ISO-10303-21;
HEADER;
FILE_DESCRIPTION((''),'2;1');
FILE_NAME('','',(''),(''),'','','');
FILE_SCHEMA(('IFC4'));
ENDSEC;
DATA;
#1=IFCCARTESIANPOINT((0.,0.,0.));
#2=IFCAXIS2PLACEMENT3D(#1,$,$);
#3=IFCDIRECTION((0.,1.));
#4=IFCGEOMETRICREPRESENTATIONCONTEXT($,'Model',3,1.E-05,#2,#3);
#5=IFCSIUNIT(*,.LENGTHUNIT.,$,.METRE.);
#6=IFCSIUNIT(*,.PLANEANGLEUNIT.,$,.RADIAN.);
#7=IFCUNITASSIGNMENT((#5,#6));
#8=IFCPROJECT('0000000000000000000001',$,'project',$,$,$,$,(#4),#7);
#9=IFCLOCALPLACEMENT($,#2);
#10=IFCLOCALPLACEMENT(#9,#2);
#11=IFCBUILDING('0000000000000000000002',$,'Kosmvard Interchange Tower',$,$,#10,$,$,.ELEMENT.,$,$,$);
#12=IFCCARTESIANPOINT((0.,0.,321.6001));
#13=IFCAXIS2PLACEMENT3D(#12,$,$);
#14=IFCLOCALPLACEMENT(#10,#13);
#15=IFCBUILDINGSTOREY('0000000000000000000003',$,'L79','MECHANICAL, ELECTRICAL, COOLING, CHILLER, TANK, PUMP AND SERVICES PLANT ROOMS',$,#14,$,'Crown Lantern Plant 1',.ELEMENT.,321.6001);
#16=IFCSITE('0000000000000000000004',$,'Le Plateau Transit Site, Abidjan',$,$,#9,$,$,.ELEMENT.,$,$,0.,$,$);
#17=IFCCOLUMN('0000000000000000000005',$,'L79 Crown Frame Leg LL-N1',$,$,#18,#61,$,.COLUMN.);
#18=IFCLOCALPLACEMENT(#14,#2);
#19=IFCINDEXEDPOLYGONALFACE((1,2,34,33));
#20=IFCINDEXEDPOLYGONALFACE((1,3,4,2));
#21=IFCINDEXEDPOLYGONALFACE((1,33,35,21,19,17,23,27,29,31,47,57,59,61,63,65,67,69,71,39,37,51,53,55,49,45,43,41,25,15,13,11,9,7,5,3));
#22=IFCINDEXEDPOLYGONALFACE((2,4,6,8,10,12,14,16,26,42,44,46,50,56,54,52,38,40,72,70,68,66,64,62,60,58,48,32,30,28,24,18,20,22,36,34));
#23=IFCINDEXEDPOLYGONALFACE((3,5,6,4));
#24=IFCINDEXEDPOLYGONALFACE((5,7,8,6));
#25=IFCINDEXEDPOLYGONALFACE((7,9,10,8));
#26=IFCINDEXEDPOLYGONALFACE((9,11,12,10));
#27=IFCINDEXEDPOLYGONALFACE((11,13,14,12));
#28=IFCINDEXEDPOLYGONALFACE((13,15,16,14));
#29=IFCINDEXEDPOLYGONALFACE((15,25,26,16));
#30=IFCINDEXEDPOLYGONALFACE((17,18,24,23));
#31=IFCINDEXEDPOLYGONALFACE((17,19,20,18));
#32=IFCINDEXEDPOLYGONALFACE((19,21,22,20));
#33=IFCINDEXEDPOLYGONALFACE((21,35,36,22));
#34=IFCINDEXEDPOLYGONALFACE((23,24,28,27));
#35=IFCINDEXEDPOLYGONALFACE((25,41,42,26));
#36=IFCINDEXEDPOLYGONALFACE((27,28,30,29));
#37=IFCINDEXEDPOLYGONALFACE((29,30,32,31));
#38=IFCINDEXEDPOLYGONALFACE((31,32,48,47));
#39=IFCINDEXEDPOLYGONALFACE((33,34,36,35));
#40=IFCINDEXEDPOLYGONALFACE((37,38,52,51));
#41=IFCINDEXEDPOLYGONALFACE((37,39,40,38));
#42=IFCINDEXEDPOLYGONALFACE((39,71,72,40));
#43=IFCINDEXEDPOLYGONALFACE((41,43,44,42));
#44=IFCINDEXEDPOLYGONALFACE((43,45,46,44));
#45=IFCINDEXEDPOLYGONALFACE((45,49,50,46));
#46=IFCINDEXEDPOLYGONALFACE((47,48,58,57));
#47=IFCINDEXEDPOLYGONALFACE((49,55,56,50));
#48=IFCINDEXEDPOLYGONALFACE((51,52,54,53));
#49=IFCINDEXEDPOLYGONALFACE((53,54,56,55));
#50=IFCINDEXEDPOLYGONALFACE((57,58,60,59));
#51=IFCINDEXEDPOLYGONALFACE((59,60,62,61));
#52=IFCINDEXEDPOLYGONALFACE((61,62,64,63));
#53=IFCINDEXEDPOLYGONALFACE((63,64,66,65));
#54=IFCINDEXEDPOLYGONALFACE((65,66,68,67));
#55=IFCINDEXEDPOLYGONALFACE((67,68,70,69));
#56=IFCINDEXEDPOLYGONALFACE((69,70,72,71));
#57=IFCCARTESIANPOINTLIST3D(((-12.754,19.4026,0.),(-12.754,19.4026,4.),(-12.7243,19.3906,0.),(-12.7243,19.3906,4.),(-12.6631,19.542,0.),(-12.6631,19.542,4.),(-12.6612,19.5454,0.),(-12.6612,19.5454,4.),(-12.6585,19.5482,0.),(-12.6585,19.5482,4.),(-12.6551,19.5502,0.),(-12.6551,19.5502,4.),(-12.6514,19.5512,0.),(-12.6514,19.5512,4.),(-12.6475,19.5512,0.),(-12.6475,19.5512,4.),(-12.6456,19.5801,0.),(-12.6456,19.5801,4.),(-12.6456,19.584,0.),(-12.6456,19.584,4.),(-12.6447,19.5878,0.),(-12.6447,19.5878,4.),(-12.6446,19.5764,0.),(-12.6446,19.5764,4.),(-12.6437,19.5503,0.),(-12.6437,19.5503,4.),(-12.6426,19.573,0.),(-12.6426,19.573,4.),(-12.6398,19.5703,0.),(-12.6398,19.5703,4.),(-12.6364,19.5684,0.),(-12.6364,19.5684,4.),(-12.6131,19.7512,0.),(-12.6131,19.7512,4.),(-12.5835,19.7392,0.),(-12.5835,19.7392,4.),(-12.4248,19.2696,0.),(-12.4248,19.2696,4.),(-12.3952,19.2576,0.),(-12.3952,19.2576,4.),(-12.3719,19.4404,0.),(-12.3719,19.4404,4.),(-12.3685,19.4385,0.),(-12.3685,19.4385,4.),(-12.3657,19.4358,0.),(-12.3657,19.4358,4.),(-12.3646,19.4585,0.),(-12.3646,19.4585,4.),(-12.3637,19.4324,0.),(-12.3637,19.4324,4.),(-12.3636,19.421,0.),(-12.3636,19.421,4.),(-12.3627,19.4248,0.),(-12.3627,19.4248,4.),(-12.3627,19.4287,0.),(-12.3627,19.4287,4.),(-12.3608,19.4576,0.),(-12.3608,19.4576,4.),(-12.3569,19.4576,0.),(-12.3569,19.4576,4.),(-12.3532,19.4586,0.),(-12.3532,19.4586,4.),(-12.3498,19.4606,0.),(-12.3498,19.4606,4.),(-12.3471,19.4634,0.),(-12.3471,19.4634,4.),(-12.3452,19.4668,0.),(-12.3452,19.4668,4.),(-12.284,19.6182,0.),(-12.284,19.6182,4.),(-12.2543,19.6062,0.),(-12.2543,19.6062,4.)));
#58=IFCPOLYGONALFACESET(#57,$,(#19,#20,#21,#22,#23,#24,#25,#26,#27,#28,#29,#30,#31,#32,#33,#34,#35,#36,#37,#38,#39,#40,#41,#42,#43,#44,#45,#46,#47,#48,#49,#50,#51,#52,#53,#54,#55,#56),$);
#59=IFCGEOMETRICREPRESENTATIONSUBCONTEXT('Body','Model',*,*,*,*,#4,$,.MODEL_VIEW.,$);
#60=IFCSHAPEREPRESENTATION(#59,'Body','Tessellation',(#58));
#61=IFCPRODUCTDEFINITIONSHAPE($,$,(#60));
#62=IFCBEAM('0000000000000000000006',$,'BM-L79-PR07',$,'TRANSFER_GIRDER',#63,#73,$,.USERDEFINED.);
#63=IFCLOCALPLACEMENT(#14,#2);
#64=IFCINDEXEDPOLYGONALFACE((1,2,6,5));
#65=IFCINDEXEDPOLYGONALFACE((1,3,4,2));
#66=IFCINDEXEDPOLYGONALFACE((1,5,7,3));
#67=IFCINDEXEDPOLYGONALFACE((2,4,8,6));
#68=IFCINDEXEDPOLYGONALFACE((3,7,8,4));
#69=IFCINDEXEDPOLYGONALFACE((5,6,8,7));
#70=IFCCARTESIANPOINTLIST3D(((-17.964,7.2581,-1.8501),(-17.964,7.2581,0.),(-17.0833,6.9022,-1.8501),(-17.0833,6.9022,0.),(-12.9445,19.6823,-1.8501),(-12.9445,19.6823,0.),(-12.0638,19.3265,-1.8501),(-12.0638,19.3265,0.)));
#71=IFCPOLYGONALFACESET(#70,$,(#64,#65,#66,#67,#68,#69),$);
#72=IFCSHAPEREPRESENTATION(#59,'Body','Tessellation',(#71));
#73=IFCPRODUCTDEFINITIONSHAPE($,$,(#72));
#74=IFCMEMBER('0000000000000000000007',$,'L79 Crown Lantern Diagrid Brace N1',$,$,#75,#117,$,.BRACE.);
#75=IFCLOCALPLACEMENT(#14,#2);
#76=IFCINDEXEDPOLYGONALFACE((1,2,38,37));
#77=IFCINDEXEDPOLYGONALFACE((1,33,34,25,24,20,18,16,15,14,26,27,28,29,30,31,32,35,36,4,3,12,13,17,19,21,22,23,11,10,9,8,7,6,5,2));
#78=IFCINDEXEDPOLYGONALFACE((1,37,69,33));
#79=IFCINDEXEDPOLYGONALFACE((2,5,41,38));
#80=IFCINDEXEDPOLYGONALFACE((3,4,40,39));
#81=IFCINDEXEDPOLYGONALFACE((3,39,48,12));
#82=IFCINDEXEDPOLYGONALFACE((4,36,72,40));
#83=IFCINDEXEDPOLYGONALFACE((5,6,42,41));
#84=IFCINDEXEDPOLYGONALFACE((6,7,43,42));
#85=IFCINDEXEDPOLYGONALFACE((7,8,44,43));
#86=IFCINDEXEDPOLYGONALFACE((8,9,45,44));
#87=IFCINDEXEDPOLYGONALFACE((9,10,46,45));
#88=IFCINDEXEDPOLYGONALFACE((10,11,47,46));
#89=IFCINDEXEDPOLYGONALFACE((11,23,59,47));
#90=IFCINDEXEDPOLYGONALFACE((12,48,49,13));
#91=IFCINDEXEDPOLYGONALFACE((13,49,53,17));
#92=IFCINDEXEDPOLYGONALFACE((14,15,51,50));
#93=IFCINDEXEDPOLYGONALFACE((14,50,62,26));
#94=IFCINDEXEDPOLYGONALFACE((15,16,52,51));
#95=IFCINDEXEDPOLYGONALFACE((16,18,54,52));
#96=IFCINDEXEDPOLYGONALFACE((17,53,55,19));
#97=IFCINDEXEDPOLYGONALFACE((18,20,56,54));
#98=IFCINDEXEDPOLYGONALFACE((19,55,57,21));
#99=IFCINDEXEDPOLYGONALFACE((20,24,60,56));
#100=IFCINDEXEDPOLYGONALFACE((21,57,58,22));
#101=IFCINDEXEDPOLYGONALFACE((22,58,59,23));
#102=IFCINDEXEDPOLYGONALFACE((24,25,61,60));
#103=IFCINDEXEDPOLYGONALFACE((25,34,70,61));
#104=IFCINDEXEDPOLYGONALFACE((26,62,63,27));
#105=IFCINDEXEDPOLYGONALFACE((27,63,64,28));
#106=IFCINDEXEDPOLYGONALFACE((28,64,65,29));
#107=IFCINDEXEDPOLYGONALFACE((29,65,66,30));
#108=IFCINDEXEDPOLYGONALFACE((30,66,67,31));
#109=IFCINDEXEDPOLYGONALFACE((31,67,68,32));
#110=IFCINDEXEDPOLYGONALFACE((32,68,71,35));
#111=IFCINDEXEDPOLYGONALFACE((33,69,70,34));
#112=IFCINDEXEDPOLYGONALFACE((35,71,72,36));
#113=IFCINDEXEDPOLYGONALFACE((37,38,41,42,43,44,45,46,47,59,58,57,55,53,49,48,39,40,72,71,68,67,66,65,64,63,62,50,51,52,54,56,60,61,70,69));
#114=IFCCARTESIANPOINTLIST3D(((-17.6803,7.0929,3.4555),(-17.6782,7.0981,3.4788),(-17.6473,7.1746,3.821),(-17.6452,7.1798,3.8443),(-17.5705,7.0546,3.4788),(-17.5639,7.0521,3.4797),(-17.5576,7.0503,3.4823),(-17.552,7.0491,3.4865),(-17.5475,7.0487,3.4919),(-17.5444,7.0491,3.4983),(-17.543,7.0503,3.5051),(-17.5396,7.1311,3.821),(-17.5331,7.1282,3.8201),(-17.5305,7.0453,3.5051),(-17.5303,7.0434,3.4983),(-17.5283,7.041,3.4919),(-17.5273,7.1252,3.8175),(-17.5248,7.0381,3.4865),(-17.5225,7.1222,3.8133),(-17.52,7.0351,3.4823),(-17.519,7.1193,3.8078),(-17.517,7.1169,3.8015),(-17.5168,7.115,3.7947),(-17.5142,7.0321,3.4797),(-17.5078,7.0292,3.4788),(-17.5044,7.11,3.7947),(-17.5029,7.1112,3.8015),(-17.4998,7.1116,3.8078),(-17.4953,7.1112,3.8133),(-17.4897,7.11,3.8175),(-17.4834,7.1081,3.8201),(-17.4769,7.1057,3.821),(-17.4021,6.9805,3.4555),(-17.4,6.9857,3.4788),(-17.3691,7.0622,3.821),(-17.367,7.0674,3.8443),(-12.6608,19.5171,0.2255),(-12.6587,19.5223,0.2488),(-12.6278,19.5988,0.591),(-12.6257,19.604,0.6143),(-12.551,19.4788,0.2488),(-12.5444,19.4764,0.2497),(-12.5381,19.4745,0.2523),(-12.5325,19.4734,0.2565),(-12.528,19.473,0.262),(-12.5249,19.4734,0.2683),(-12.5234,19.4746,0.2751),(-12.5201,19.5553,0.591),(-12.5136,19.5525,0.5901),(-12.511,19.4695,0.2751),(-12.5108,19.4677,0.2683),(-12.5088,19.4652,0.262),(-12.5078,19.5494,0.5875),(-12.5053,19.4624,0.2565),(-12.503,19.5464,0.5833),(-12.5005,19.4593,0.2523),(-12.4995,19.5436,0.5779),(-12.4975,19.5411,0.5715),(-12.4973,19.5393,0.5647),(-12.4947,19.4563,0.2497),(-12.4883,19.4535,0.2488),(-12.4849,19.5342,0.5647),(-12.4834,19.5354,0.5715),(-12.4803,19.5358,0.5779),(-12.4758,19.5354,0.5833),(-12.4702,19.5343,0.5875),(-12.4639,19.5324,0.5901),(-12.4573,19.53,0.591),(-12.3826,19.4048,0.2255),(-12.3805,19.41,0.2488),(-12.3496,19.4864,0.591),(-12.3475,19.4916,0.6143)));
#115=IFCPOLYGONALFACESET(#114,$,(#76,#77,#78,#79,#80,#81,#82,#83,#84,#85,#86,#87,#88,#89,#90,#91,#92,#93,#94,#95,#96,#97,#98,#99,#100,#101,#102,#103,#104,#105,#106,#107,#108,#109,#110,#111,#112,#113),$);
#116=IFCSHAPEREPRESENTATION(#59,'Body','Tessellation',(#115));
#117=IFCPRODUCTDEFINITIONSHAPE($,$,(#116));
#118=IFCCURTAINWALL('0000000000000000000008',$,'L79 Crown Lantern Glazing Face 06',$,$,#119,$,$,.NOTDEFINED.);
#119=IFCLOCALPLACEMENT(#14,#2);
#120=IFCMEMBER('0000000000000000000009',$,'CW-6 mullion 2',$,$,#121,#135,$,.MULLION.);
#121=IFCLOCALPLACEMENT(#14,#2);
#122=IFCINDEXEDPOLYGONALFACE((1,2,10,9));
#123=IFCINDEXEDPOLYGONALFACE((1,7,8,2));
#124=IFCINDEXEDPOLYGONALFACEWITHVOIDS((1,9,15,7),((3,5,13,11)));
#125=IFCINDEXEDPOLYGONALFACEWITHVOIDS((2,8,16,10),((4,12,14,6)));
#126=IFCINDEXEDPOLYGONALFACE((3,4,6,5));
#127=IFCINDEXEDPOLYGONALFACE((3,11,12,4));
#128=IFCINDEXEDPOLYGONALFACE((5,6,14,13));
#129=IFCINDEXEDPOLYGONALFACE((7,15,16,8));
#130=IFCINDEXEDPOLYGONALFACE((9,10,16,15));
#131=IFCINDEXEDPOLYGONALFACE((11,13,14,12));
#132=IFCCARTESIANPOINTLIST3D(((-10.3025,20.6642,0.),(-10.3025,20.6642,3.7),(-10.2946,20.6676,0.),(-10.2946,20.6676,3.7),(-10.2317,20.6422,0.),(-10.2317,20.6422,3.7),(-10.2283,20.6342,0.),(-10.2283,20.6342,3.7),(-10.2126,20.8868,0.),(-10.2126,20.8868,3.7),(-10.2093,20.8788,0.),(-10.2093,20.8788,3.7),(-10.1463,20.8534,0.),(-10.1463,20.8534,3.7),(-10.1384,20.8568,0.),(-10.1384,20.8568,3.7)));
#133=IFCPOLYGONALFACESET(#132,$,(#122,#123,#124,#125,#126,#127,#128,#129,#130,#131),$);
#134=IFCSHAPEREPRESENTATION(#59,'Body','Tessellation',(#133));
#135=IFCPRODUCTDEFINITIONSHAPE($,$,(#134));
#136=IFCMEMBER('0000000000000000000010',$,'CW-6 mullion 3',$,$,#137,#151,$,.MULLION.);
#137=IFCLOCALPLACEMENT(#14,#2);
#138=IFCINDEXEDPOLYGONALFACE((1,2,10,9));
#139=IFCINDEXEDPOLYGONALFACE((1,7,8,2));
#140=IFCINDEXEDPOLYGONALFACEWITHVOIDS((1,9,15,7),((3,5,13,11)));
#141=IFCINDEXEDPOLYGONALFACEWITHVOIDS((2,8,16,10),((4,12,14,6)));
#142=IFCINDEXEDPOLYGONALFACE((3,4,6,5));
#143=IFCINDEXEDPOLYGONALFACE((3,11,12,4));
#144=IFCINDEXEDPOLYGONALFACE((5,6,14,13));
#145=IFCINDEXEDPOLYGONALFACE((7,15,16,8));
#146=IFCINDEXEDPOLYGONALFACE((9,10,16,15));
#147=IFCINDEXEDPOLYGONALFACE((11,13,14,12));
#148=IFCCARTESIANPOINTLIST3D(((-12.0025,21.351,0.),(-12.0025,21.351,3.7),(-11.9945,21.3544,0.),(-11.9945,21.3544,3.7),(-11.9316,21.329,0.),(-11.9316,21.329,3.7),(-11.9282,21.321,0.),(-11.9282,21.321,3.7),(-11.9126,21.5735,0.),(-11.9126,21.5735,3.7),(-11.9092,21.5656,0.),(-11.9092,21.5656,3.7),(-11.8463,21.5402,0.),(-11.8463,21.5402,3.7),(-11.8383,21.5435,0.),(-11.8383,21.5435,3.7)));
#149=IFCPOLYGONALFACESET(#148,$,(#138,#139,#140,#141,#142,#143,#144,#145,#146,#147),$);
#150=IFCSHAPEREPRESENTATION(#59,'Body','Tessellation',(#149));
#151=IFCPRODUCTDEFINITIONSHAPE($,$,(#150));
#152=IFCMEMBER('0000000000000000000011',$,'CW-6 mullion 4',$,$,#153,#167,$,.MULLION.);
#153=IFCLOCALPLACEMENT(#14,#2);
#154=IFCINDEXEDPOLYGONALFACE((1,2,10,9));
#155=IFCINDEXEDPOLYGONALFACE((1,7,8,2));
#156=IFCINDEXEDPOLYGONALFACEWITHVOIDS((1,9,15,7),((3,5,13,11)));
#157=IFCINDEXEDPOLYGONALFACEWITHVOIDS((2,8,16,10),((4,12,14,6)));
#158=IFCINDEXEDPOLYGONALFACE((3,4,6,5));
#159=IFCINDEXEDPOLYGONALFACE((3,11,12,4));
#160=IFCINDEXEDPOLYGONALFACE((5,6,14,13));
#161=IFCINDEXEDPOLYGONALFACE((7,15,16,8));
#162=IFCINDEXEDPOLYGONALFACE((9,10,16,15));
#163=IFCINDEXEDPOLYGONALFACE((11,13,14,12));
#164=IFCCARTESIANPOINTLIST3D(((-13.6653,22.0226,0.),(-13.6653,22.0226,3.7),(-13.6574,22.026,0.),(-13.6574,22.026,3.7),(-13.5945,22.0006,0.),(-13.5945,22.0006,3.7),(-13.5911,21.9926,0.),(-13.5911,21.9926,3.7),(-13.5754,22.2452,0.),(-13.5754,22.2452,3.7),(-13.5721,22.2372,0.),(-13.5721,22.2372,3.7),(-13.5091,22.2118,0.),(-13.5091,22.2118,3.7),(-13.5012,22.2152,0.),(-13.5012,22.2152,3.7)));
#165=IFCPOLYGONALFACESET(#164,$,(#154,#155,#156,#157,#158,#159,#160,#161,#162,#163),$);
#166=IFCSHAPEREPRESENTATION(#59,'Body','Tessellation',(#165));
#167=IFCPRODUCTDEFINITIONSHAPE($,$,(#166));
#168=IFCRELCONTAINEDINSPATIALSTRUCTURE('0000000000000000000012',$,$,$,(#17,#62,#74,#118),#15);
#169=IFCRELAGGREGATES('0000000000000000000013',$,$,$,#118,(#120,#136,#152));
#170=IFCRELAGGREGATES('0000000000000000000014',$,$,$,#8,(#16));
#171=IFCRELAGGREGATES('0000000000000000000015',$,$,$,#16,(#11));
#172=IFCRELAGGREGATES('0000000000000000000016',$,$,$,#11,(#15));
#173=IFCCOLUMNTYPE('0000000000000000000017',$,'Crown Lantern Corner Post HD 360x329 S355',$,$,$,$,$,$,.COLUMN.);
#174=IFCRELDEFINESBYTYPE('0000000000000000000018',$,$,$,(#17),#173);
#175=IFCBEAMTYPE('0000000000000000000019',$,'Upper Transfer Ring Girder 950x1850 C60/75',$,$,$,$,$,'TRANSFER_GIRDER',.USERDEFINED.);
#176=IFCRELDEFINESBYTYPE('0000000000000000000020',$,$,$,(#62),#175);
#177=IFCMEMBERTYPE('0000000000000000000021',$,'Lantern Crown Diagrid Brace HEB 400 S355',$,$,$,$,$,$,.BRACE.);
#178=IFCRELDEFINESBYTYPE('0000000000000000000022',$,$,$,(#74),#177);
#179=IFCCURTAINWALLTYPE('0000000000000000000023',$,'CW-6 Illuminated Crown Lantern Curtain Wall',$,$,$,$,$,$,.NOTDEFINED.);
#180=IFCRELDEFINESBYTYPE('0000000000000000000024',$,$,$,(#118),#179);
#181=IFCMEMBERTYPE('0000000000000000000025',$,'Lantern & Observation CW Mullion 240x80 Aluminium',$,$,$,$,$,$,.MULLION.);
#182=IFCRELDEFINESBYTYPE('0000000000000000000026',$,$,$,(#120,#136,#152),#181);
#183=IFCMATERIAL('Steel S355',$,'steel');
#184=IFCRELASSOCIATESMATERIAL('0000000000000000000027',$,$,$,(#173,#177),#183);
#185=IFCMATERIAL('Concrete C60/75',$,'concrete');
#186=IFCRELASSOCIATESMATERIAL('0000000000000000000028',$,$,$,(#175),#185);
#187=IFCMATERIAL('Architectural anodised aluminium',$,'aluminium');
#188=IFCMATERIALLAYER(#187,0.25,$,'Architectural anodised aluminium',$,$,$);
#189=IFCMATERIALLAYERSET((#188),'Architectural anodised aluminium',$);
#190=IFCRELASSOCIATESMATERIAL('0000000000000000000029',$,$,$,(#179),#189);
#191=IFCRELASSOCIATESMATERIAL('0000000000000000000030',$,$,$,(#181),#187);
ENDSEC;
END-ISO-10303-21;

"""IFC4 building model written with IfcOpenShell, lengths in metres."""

from ifc_helpers import new_model, si_unit, direction, frame, origin, origin_2d, place, context, subcontext, project, spatial, rectangle, hollow_rectangle, i_section, extrude, source, transform, mapped, material, layer, layer_set, material_profile, profile_set, type_object, element, aggregate, save


model = new_model("IFC4")

# Units and contexts
model_context = context("Model", 3, precision=1e-05, world=origin(), true_north=direction((0.0, 1.0)))
body_context = subcontext(model_context, "Body", "Model", "MODEL_VIEW")
ifc_project = project(units=[si_unit("LENGTHUNIT", "METRE"), si_unit("PLANEANGLEUNIT", "RADIAN")], contexts=[model_context])

# Site, building, storey
site_placement = place(None, origin())
site = spatial("IfcSite", under=ifc_project, at=site_placement, Name="Le Plateau Transit Site, Abidjan", CompositionType="ELEMENT", RefElevation=0.0)
building_placement = place(site_placement, origin())
building = spatial("IfcBuilding", under=site, at=building_placement, Name="Kosmvard Interchange Tower", CompositionType="ELEMENT")
storey_placement = place(building_placement, frame((0.0, 0.0, 321.6001)))
storey = spatial("IfcBuildingStorey", under=building, at=storey_placement, Name="L79", Description="MECHANICAL, ELECTRICAL, COOLING, CHILLER, TANK, PUMP AND SERVICES PLANT ROOMS", LongName="Crown Lantern Plant 1", CompositionType="ELEMENT", Elevation=321.6001)

# Column
ifc_material_1 = material(Name="Steel S355", Category="steel")
ifc_material_profile_1 = material_profile(ifc_material_1, i_section(OverallWidth=0.376, OverallDepth=0.387, WebThickness=0.0195, FlangeThickness=0.032, FilletRadius=0.0149, at=origin_2d()), Name="HD 360x329")
ifc_profile_set_1 = profile_set([ifc_material_profile_1], Name="Steel S355")
column_type = type_object("IfcColumnType", Name="Crown Lantern Corner Post HD 360x329 S355", PredefinedType="COLUMN", material=ifc_profile_set_1)
shared_shape_1 = source(origin(), body_context, "Body", "SweptSolid", [
    extrude(i_section(OverallWidth=0.376, OverallDepth=0.387, WebThickness=0.0195, FlangeThickness=0.032, FilletRadius=0.0149, at=origin_2d()), origin(), (0.0, 0.0, 1.0), 4.0),
])
column_placement = place(storey_placement, frame((-12.5042, 19.5044, 0.0), z_axis=(0.0, 0.0, 1.0), x_axis=(0.374607, 0.927184, 0.0)))
element("IfcColumn", 1, at=column_placement, inside=storey, type_object=column_type, Name="L79 Crown Frame Leg LL-N1", PredefinedType="COLUMN", context=body_context, shape_type="MappedRepresentation", body=[
    mapped(shared_shape_1, transform((0.0, 0.0, 0.0), scale=1.0)),
])

# Beam
ifc_material_2 = material(Name="Concrete C60/75", Category="concrete")
ifc_material_profile_2 = material_profile(ifc_material_2, rectangle(XDim=0.95, YDim=1.8501, at=origin_2d()), Name="TG 950x1850")
ifc_profile_set_2 = profile_set([ifc_material_profile_2], Name="Concrete C60/75")
beam_type = type_object("IfcBeamType", Name="Upper Transfer Ring Girder 950x1850 C60/75", ElementType="TRANSFER_GIRDER", PredefinedType="USERDEFINED", material=ifc_profile_set_2)
shared_shape_2 = source(origin(), body_context, "Body", "SweptSolid", [
    extrude(rectangle(XDim=0.95, YDim=1.8501, at=origin_2d()), origin(), (0.0, 0.0, 1.0), 13.3999),
])
beam_placement = place(storey_placement, frame((-12.5042, 19.5044, -0.925), z_axis=(-0.374593, -0.92719, 0.0), x_axis=(0.92719, -0.374593, 0.0)))
element("IfcBeam", 2, at=beam_placement, inside=storey, type_object=beam_type, Name="BM-L79-PR07", ObjectType="TRANSFER_GIRDER", PredefinedType="USERDEFINED", context=body_context, shape_type="MappedRepresentation", body=[
    mapped(shared_shape_2, transform((0.0, 0.0, 0.0), scale=1.0)),
])

# Member
ifc_material_profile_3 = material_profile(ifc_material_1, i_section(OverallWidth=0.3, OverallDepth=0.3999, WebThickness=0.0134, FlangeThickness=0.0239, FilletRadius=0.0271, at=origin_2d()), Name="HEB 400")
ifc_profile_set_3 = profile_set([ifc_material_profile_3], Name="Steel S355")
member_type_1 = type_object("IfcMemberType", Name="Lantern Crown Diagrid Brace HEB 400 S355", PredefinedType="BRACE", material=ifc_profile_set_3)
shared_shape_3 = source(origin(), body_context, "Body", "SweptSolid", [
    extrude(i_section(OverallWidth=0.3, OverallDepth=0.3999, WebThickness=0.0134, FlangeThickness=0.0239, FilletRadius=0.0271, at=origin_2d()), origin(), (0.0, 0.0, 1.0), 13.7837),
])
member_1_placement = place(storey_placement, frame((-12.5042, 19.5044, 0.4199), z_axis=(-0.364163, -0.901373, 0.234332), x_axis=(0.92719, -0.374593, 0.0)))
element("IfcMember", 3, at=member_1_placement, inside=storey, type_object=member_type_1, Name="L79 Crown Lantern Diagrid Brace N1", PredefinedType="BRACE", context=body_context, shape_type="MappedRepresentation", body=[
    mapped(shared_shape_3, transform((0.0, 0.0, 0.0), scale=1.0)),
])

# Curtain wall, members
ifc_material_3 = material(Name="Architectural anodised aluminium", Category="aluminium")
ifc_layer_1 = layer(ifc_material_3, 0.25, Name="Architectural anodised aluminium")
ifc_layer_set_1 = layer_set([ifc_layer_1], Name="Architectural anodised aluminium")
curtain_wall_type = type_object("IfcCurtainWallType", Name="CW-6 Illuminated Crown Lantern Curtain Wall", PredefinedType="NOTDEFINED", material=ifc_layer_set_1)
curtain_wall_placement = place(storey_placement, origin())
curtain_wall = element("IfcCurtainWall", 4, at=curtain_wall_placement, inside=storey, type_object=curtain_wall_type, Name="L79 Crown Lantern Glazing Face 06", PredefinedType="NOTDEFINED")
ifc_material_profile_4 = material_profile(ifc_material_3, hollow_rectangle(XDim=0.24, YDim=0.0801, WallThickness=0.0061, at=origin_2d()), Name="CWM 240x80x6")
ifc_profile_set_4 = profile_set([ifc_material_profile_4], Name="Architectural anodised aluminium")
member_type_2 = type_object("IfcMemberType", Name="Lantern & Observation CW Mullion 240x80 Aluminium", PredefinedType="MULLION", material=ifc_profile_set_4)
shared_shape_4 = source(origin(), body_context, "Body", "SweptSolid", [
    extrude(hollow_rectangle(XDim=0.24, YDim=0.0801, WallThickness=0.0061, at=origin_2d()), origin(), (0.0, 0.0, 1.0), 3.7),
])
member_2_placement = place(storey_placement, frame((-10.2205, 20.7605, 0.0), z_axis=(0.0, 0.0, 1.0), x_axis=(-0.374607, -0.927184, 0.0)))
member_2 = element("IfcMember", 5, at=member_2_placement, type_object=member_type_2, Name="CW-6 mullion 2", PredefinedType="MULLION", context=body_context, shape_type="MappedRepresentation", body=[
    mapped(shared_shape_4, transform((0.0, 0.0, 0.0), scale=1.0)),
])
member_3_placement = place(storey_placement, frame((-11.9204, 21.4473, 0.0), z_axis=(0.0, 0.0, 1.0), x_axis=(-0.374607, -0.927184, 0.0)))
member_3 = element("IfcMember", 6, at=member_3_placement, type_object=member_type_2, Name="CW-6 mullion 3", PredefinedType="MULLION", context=body_context, shape_type="MappedRepresentation", body=[
    mapped(shared_shape_4, transform((0.0, 0.0, 0.0), scale=1.0)),
])
member_4_placement = place(storey_placement, frame((-13.5833, 22.1189, 0.0), z_axis=(0.0, 0.0, 1.0), x_axis=(-0.374607, -0.927184, 0.0)))
member_4 = element("IfcMember", 7, at=member_4_placement, type_object=member_type_2, Name="CW-6 mullion 4", PredefinedType="MULLION", context=body_context, shape_type="MappedRepresentation", body=[
    mapped(shared_shape_4, transform((0.0, 0.0, 0.0), scale=1.0)),
])

aggregate(curtain_wall, [member_2, member_3, member_4])

save(model, "model.ifc")
